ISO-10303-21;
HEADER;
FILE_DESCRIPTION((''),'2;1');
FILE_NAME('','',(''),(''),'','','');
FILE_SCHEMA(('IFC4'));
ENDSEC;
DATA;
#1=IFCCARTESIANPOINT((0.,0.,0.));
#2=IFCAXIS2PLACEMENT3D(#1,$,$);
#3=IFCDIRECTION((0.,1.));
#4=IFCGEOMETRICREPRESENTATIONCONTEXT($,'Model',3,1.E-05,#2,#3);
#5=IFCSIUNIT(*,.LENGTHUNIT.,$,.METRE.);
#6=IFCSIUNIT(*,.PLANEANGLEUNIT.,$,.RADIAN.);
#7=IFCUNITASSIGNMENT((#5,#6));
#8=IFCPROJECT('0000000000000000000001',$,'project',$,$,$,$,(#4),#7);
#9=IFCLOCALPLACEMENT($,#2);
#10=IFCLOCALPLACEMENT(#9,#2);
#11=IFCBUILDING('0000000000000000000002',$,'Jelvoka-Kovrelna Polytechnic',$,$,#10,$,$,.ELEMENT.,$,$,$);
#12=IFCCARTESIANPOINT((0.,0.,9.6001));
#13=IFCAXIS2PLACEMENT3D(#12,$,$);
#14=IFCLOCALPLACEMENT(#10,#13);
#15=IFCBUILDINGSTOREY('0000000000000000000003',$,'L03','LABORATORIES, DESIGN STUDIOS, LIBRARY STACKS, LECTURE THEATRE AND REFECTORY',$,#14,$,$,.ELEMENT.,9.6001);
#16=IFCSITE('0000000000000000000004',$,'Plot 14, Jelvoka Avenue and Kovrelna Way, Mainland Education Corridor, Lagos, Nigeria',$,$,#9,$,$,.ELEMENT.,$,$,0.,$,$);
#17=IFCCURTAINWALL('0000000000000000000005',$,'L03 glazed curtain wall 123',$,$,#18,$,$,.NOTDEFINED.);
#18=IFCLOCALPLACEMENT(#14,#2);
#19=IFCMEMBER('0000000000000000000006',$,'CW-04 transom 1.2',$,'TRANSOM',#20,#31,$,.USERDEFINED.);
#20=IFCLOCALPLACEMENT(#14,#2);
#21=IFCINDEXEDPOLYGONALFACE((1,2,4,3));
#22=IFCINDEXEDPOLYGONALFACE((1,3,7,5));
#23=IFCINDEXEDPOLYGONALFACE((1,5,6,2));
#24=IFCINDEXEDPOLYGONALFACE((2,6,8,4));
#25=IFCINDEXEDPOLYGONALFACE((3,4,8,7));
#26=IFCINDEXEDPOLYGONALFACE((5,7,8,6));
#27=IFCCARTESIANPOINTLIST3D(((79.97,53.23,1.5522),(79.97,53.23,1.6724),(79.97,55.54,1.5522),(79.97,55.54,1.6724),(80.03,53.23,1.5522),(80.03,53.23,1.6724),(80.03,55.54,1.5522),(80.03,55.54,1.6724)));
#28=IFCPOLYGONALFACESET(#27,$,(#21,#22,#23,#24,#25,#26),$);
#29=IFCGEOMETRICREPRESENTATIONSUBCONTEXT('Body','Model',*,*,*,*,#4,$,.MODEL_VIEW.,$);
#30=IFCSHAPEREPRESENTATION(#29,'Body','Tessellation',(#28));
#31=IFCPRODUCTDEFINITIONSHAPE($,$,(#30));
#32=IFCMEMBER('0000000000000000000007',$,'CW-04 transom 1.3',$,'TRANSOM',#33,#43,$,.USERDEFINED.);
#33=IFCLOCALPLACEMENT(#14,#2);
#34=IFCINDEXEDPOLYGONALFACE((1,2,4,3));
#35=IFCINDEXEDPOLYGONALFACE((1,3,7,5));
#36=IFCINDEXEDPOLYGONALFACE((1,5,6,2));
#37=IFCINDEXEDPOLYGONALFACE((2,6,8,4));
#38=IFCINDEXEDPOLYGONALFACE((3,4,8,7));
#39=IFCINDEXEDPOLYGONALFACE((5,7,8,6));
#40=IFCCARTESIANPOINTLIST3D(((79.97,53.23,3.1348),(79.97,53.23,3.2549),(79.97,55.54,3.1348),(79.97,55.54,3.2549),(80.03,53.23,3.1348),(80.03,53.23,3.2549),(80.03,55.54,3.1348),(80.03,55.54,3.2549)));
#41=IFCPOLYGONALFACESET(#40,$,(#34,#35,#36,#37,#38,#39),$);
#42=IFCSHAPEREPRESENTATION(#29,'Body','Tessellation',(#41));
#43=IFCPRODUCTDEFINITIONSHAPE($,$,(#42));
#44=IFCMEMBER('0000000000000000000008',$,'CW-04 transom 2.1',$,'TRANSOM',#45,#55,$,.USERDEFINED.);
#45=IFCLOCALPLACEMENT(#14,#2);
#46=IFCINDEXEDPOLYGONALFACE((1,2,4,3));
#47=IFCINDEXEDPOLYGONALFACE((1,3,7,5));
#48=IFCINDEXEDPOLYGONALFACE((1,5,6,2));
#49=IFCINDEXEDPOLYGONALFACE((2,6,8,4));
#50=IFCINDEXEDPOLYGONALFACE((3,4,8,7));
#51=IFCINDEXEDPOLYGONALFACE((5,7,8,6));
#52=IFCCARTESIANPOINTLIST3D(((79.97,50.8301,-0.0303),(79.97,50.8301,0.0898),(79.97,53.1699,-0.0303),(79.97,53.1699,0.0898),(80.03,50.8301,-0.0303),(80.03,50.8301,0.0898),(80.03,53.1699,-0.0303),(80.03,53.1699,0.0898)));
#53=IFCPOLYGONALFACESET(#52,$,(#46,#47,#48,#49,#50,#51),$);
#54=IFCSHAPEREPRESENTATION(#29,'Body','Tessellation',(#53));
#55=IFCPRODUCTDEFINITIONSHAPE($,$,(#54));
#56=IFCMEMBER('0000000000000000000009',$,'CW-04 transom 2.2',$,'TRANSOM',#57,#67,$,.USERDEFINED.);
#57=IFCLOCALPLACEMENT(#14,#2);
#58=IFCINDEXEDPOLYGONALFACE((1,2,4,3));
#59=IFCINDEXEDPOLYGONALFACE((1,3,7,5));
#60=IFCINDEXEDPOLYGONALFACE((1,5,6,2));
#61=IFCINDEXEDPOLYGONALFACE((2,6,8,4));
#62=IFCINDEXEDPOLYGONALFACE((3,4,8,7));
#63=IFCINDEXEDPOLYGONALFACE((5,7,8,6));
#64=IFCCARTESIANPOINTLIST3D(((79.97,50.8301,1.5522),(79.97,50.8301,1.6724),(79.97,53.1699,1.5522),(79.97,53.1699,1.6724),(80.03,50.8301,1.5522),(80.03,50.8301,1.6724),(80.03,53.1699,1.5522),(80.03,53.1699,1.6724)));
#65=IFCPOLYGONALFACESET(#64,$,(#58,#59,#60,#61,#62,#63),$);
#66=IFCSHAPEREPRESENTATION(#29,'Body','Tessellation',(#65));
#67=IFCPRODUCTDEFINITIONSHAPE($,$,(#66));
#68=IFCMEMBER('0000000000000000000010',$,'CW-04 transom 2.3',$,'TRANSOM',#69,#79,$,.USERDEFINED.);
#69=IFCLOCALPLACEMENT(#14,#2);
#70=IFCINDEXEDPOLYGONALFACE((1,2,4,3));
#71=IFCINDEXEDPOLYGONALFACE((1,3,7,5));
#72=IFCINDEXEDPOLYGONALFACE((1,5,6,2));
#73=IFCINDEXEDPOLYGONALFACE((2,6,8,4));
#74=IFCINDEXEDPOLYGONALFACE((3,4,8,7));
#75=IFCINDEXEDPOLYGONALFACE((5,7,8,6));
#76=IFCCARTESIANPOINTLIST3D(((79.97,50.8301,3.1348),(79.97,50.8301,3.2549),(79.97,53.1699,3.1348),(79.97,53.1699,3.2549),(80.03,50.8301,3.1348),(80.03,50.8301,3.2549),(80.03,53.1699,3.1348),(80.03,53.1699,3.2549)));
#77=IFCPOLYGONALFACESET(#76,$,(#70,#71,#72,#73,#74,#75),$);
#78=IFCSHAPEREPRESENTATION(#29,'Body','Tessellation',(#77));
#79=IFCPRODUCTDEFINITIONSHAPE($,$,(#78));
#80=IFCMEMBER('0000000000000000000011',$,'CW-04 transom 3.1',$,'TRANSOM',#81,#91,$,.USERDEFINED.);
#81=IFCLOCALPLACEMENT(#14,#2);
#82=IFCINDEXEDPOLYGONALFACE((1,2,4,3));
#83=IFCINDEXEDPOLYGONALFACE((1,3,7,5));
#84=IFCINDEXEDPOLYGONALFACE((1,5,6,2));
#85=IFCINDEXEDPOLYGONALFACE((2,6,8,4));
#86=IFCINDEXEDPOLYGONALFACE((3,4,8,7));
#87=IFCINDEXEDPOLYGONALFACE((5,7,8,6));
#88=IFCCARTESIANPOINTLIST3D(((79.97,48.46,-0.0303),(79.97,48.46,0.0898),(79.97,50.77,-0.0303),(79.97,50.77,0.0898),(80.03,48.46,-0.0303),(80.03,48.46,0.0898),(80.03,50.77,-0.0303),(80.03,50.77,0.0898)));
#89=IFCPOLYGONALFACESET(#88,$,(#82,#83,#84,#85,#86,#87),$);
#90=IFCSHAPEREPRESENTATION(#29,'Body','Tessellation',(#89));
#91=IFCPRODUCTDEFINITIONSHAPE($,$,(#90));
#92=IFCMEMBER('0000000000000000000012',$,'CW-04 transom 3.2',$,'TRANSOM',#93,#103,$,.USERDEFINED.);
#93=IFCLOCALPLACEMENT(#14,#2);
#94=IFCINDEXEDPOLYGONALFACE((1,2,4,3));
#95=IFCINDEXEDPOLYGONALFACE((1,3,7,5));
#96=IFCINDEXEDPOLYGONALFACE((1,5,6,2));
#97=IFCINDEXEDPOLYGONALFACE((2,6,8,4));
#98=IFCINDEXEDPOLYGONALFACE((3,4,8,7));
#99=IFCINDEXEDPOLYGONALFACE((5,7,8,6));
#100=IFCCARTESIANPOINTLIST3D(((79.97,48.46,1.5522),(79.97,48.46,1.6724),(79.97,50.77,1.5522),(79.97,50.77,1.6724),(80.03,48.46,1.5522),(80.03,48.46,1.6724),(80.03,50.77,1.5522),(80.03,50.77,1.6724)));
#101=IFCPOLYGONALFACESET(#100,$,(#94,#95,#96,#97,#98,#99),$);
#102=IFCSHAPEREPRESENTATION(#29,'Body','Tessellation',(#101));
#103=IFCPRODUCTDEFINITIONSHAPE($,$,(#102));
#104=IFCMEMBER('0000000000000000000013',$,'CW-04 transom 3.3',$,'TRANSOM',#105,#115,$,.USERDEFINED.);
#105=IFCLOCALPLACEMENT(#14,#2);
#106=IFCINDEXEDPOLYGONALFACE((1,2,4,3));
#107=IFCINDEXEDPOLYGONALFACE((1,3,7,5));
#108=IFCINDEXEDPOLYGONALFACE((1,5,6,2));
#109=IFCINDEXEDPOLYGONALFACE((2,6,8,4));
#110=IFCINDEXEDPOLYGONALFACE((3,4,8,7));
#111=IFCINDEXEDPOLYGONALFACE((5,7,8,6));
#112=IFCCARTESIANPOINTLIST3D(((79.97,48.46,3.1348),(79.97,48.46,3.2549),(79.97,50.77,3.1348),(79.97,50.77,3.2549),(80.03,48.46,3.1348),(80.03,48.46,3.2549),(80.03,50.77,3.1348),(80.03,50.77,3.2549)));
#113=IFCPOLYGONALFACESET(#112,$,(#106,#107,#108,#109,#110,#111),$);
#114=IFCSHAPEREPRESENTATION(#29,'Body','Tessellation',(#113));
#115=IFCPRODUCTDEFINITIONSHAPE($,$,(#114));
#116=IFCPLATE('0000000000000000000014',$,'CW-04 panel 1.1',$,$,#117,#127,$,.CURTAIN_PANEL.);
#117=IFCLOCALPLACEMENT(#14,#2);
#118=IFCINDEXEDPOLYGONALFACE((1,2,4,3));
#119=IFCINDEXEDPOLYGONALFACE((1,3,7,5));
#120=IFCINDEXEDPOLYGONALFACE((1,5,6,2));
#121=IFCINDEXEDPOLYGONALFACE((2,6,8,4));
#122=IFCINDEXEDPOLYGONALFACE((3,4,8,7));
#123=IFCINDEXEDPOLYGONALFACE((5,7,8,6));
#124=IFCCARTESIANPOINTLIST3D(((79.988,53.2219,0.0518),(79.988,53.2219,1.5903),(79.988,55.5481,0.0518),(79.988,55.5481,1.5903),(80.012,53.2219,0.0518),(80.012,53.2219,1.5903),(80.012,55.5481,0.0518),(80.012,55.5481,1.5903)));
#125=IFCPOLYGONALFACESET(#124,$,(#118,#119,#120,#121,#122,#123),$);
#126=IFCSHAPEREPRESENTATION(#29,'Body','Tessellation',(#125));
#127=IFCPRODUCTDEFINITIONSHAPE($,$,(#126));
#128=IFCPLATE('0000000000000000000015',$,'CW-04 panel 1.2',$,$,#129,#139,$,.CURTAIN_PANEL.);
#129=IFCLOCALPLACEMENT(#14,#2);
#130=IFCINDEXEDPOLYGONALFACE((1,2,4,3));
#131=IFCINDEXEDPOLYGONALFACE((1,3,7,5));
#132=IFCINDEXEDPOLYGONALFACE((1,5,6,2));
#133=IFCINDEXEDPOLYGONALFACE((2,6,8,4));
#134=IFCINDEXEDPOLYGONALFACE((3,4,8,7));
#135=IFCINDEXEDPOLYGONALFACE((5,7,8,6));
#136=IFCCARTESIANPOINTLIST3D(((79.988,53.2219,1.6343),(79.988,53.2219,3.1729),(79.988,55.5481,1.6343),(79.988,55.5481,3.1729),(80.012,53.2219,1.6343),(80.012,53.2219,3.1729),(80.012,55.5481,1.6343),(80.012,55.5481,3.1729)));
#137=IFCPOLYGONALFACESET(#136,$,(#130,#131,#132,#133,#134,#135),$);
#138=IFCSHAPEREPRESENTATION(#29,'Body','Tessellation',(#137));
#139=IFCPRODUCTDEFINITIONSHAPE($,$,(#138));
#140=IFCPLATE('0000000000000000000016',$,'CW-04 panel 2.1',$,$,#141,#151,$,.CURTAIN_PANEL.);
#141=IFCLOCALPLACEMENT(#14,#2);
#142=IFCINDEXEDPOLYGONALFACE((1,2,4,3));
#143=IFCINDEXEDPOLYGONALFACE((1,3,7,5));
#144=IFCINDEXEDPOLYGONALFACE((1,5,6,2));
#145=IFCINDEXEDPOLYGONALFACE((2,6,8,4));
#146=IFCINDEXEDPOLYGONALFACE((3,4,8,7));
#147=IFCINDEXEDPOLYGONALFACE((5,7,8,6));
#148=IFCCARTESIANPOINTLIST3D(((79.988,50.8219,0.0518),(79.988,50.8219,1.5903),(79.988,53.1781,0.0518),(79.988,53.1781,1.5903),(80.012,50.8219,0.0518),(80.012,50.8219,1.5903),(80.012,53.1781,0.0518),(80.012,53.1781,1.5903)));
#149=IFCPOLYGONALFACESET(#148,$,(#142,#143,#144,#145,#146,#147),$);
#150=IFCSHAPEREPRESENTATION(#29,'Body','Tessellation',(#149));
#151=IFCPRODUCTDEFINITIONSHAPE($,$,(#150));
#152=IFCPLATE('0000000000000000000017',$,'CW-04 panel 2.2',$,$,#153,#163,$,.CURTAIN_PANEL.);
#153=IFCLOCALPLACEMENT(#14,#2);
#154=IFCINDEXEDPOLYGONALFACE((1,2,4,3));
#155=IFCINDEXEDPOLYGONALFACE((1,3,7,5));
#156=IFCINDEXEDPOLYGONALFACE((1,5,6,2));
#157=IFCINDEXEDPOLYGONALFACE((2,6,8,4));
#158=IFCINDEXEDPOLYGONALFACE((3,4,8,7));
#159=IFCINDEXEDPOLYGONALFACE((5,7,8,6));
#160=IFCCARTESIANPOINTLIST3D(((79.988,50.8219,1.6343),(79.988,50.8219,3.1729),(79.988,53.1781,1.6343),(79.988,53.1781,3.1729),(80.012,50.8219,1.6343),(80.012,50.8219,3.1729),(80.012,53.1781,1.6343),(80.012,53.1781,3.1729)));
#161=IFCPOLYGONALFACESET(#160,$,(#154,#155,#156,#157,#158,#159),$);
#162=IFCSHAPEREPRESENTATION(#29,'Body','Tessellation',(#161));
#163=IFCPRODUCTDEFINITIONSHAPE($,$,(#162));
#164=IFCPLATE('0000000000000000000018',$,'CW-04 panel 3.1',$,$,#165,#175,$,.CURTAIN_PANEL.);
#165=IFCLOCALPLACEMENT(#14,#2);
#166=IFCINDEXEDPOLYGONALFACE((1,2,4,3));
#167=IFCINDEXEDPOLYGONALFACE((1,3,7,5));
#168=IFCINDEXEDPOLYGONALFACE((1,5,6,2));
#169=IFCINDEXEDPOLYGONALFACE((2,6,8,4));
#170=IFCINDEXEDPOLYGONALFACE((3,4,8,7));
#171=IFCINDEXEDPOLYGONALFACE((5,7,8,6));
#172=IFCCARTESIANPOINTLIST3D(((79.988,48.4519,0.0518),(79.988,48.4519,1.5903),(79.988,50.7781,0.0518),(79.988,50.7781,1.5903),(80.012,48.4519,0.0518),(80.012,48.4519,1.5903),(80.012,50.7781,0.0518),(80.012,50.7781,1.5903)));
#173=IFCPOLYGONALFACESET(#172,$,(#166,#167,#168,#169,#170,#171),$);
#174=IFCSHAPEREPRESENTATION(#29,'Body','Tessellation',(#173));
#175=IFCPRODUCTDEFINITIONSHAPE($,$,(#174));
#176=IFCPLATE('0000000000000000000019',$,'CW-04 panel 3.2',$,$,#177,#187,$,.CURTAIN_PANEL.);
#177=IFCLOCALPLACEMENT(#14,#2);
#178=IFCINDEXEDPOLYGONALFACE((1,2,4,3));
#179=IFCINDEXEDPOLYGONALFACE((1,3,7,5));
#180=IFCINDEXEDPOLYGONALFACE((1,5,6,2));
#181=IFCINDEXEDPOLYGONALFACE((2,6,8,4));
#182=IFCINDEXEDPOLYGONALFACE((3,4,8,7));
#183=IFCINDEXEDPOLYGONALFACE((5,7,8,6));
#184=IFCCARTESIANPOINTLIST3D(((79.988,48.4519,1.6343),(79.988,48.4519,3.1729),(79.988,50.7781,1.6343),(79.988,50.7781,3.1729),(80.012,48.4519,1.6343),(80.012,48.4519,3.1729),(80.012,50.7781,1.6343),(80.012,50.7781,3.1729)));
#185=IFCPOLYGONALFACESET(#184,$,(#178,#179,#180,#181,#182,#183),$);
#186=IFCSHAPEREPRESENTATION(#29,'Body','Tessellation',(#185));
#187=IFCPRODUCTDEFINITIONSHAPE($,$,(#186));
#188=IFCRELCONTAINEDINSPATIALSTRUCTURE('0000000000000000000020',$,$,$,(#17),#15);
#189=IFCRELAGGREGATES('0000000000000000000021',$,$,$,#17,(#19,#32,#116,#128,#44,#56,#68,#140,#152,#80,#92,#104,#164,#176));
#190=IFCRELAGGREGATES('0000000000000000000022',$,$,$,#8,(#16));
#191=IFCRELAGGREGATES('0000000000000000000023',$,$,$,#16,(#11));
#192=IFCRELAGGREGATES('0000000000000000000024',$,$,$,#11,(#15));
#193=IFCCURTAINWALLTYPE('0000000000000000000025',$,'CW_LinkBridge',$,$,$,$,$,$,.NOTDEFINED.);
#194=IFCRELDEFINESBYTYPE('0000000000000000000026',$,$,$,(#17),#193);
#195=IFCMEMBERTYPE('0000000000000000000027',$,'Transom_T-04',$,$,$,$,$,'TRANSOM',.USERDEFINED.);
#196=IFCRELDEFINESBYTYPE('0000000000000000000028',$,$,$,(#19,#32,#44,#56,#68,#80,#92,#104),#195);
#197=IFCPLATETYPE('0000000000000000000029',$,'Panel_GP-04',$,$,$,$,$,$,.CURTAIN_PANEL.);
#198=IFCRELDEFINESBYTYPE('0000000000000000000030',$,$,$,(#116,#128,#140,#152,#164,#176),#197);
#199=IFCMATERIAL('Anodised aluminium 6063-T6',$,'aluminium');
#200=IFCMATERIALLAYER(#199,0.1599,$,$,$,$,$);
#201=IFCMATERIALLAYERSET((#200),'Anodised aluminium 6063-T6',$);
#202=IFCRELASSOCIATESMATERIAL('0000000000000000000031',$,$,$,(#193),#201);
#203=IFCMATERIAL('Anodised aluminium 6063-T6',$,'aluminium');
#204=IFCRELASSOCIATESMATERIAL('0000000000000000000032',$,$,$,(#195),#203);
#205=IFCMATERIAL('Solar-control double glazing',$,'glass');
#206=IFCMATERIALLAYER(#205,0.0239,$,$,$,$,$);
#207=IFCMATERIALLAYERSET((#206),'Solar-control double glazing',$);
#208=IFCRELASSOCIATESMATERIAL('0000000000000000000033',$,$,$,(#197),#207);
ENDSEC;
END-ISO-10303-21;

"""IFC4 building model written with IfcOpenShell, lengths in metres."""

from ifc_helpers import new_model, si_unit, direction, frame, origin, origin_2d, place, context, subcontext, project, spatial, rectangle, extrude, material, layer, layer_set, material_profile, profile_set, type_object, element, aggregate, save


model = new_model("IFC4")

# Units and contexts
model_context = context("Model", 3, precision=1e-05, world=origin(), true_north=direction((0.0, 1.0)))
body_context = subcontext(model_context, "Body", "Model", "MODEL_VIEW")
ifc_project = project(units=[si_unit("LENGTHUNIT", "METRE"), si_unit("PLANEANGLEUNIT", "RADIAN")], contexts=[model_context])

# Site, building, storey
site_placement = place(None, origin())
site = spatial("IfcSite", under=ifc_project, at=site_placement, Name="Plot 14, Jelvoka Avenue and Kovrelna Way, Mainland Education Corridor, Lagos, Nigeria", CompositionType="ELEMENT", RefElevation=0.0)
building_placement = place(site_placement, origin())
building = spatial("IfcBuilding", under=site, at=building_placement, Name="Jelvoka-Kovrelna Polytechnic", CompositionType="ELEMENT")
storey_placement = place(building_placement, frame((0.0, 0.0, 9.6001)))
storey = spatial("IfcBuildingStorey", under=building, at=storey_placement, Name="L03", Description="LABORATORIES, DESIGN STUDIOS, LIBRARY STACKS, LECTURE THEATRE AND REFECTORY", CompositionType="ELEMENT", Elevation=9.6001)

# Curtain wall, members, plates
ifc_material_1 = material(Name="Anodised aluminium 6063-T6", Category="aluminium")
ifc_layer_1 = layer(ifc_material_1, 0.1599)
ifc_layer_set_1 = layer_set([ifc_layer_1], Name="Anodised aluminium 6063-T6")
curtain_wall_type = type_object("IfcCurtainWallType", Name="CW_LinkBridge", PredefinedType="NOTDEFINED", material=ifc_layer_set_1)
curtain_wall_placement = place(storey_placement, origin())
curtain_wall = element("IfcCurtainWall", 1, at=curtain_wall_placement, inside=storey, type_object=curtain_wall_type, Name="L03 glazed curtain wall 123", PredefinedType="NOTDEFINED")
ifc_material_2 = material(Name="Anodised aluminium 6063-T6", Category="aluminium")
ifc_material_profile_1 = material_profile(ifc_material_2, rectangle(XDim=0.0601, YDim=0.1201, at=origin_2d()), Name="ALU 60x120")
ifc_profile_set_1 = profile_set([ifc_material_profile_1], Name="Anodised aluminium 6063-T6")
member_type_1 = type_object("IfcMemberType", Name="Transom_T-04", ElementType="TRANSOM", PredefinedType="USERDEFINED", material=ifc_profile_set_1)
member_1_placement = place(storey_placement, frame((80.0, 55.54, 1.6123), z_axis=(0.0, -1.0, 0.0), x_axis=(1.0, 0.0, 0.0)))
member_1 = element("IfcMember", 2, at=member_1_placement, type_object=member_type_1, Name="CW-04 transom 1.2", ObjectType="TRANSOM", PredefinedType="USERDEFINED", context=body_context, shape_type="SweptSolid", body=[
    extrude(rectangle(XDim=0.0601, YDim=0.1201, at=origin_2d()), origin(), (0.0, 0.0, 1.0), 2.3101),
])
member_2_placement = place(storey_placement, frame((80.0, 55.54, 3.1948), z_axis=(0.0, -1.0, 0.0), x_axis=(1.0, 0.0, 0.0)))
member_2 = element("IfcMember", 3, at=member_2_placement, type_object=member_type_1, Name="CW-04 transom 1.3", ObjectType="TRANSOM", PredefinedType="USERDEFINED", context=body_context, shape_type="SweptSolid", body=[
    extrude(rectangle(XDim=0.0601, YDim=0.1201, at=origin_2d()), origin(), (0.0, 0.0, 1.0), 2.3101),
])
member_3_placement = place(storey_placement, frame((80.0, 53.1699, 0.0298), z_axis=(0.0, -1.0, 0.0), x_axis=(1.0, 0.0, 0.0)))
member_3 = element("IfcMember", 4, at=member_3_placement, type_object=member_type_1, Name="CW-04 transom 2.1", ObjectType="TRANSOM", PredefinedType="USERDEFINED", context=body_context, shape_type="SweptSolid", body=[
    extrude(rectangle(XDim=0.0601, YDim=0.1201, at=origin_2d()), origin(), (0.0, 0.0, 1.0), 2.3398),
])
member_4_placement = place(storey_placement, frame((80.0, 53.1699, 1.6123), z_axis=(0.0, -1.0, 0.0), x_axis=(1.0, 0.0, 0.0)))
member_4 = element("IfcMember", 5, at=member_4_placement, type_object=member_type_1, Name="CW-04 transom 2.2", ObjectType="TRANSOM", PredefinedType="USERDEFINED", context=body_context, shape_type="SweptSolid", body=[
    extrude(rectangle(XDim=0.0601, YDim=0.1201, at=origin_2d()), origin(), (0.0, 0.0, 1.0), 2.3398),
])
member_5_placement = place(storey_placement, frame((80.0, 53.1699, 3.1948), z_axis=(0.0, -1.0, 0.0), x_axis=(1.0, 0.0, 0.0)))
member_5 = element("IfcMember", 6, at=member_5_placement, type_object=member_type_1, Name="CW-04 transom 2.3", ObjectType="TRANSOM", PredefinedType="USERDEFINED", context=body_context, shape_type="SweptSolid", body=[
    extrude(rectangle(XDim=0.0601, YDim=0.1201, at=origin_2d()), origin(), (0.0, 0.0, 1.0), 2.3398),
])
member_6_placement = place(storey_placement, frame((80.0, 50.77, 0.0298), z_axis=(0.0, -1.0, 0.0), x_axis=(1.0, 0.0, 0.0)))
member_6 = element("IfcMember", 7, at=member_6_placement, type_object=member_type_1, Name="CW-04 transom 3.1", ObjectType="TRANSOM", PredefinedType="USERDEFINED", context=body_context, shape_type="SweptSolid", body=[
    extrude(rectangle(XDim=0.0601, YDim=0.1201, at=origin_2d()), origin(), (0.0, 0.0, 1.0), 2.3101),
])
member_7_placement = place(storey_placement, frame((80.0, 50.77, 1.6123), z_axis=(0.0, -1.0, 0.0), x_axis=(1.0, 0.0, 0.0)))
member_7 = element("IfcMember", 8, at=member_7_placement, type_object=member_type_1, Name="CW-04 transom 3.2", ObjectType="TRANSOM", PredefinedType="USERDEFINED", context=body_context, shape_type="SweptSolid", body=[
    extrude(rectangle(XDim=0.0601, YDim=0.1201, at=origin_2d()), origin(), (0.0, 0.0, 1.0), 2.3101),
])
member_8_placement = place(storey_placement, frame((80.0, 50.77, 3.1948), z_axis=(0.0, -1.0, 0.0), x_axis=(1.0, 0.0, 0.0)))
member_8 = element("IfcMember", 9, at=member_8_placement, type_object=member_type_1, Name="CW-04 transom 3.3", ObjectType="TRANSOM", PredefinedType="USERDEFINED", context=body_context, shape_type="SweptSolid", body=[
    extrude(rectangle(XDim=0.0601, YDim=0.1201, at=origin_2d()), origin(), (0.0, 0.0, 1.0), 2.3101),
])
ifc_material_3 = material(Name="Solar-control double glazing", Category="glass")
ifc_layer_2 = layer(ifc_material_3, 0.0239)
ifc_layer_set_2 = layer_set([ifc_layer_2], Name="Solar-control double glazing")
plate_type = type_object("IfcPlateType", Name="Panel_GP-04", PredefinedType="CURTAIN_PANEL", material=ifc_layer_set_2)
plate_1_placement = place(storey_placement, frame((80.0, 54.385, 0.0518), z_axis=(0.0, 0.0, 1.0), x_axis=(0.0, -1.0, 0.0)))
plate_1 = element("IfcPlate", 10, at=plate_1_placement, type_object=plate_type, Name="CW-04 panel 1.1", PredefinedType="CURTAIN_PANEL", context=body_context, shape_type="SweptSolid", body=[
    extrude(rectangle(XDim=2.3262, YDim=0.0239, at=origin_2d()), origin(), (0.0, 0.0, 1.0), 1.5386),
])
plate_2_placement = place(storey_placement, frame((80.0, 54.385, 1.6343), z_axis=(0.0, 0.0, 1.0), x_axis=(0.0, -1.0, 0.0)))
plate_2 = element("IfcPlate", 11, at=plate_2_placement, type_object=plate_type, Name="CW-04 panel 1.2", PredefinedType="CURTAIN_PANEL", context=body_context, shape_type="SweptSolid", body=[
    extrude(rectangle(XDim=2.3262, YDim=0.0239, at=origin_2d()), origin(), (0.0, 0.0, 1.0), 1.5386),
])
plate_3_placement = place(storey_placement, frame((80.0, 52.0, 0.0518), z_axis=(0.0, 0.0, 1.0), x_axis=(0.0, -1.0, 0.0)))
plate_3 = element("IfcPlate", 12, at=plate_3_placement, type_object=plate_type, Name="CW-04 panel 2.1", PredefinedType="CURTAIN_PANEL", context=body_context, shape_type="SweptSolid", body=[
    extrude(rectangle(XDim=2.3562, YDim=0.0239, at=origin_2d()), origin(), (0.0, 0.0, 1.0), 1.5386),
])
plate_4_placement = place(storey_placement, frame((80.0, 52.0, 1.6343), z_axis=(0.0, 0.0, 1.0), x_axis=(0.0, -1.0, 0.0)))
plate_4 = element("IfcPlate", 13, at=plate_4_placement, type_object=plate_type, Name="CW-04 panel 2.2", PredefinedType="CURTAIN_PANEL", context=body_context, shape_type="SweptSolid", body=[
    extrude(rectangle(XDim=2.3562, YDim=0.0239, at=origin_2d()), origin(), (0.0, 0.0, 1.0), 1.5386),
])
plate_5_placement = place(storey_placement, frame((80.0, 49.615, 0.0518), z_axis=(0.0, 0.0, 1.0), x_axis=(0.0, -1.0, 0.0)))
plate_5 = element("IfcPlate", 14, at=plate_5_placement, type_object=plate_type, Name="CW-04 panel 3.1", PredefinedType="CURTAIN_PANEL", context=body_context, shape_type="SweptSolid", body=[
    extrude(rectangle(XDim=2.3262, YDim=0.0239, at=origin_2d()), origin(), (0.0, 0.0, 1.0), 1.5386),
])
plate_6_placement = place(storey_placement, frame((80.0, 49.615, 1.6343), z_axis=(0.0, 0.0, 1.0), x_axis=(0.0, -1.0, 0.0)))
plate_6 = element("IfcPlate", 15, at=plate_6_placement, type_object=plate_type, Name="CW-04 panel 3.2", PredefinedType="CURTAIN_PANEL", context=body_context, shape_type="SweptSolid", body=[
    extrude(rectangle(XDim=2.3262, YDim=0.0239, at=origin_2d()), origin(), (0.0, 0.0, 1.0), 1.5386),
])
aggregate(curtain_wall, [member_1, member_2, plate_1, plate_2, member_3, member_4, member_5, plate_3, plate_4, member_6, member_7, member_8, plate_5, plate_6])

save(model, "model.ifc")
